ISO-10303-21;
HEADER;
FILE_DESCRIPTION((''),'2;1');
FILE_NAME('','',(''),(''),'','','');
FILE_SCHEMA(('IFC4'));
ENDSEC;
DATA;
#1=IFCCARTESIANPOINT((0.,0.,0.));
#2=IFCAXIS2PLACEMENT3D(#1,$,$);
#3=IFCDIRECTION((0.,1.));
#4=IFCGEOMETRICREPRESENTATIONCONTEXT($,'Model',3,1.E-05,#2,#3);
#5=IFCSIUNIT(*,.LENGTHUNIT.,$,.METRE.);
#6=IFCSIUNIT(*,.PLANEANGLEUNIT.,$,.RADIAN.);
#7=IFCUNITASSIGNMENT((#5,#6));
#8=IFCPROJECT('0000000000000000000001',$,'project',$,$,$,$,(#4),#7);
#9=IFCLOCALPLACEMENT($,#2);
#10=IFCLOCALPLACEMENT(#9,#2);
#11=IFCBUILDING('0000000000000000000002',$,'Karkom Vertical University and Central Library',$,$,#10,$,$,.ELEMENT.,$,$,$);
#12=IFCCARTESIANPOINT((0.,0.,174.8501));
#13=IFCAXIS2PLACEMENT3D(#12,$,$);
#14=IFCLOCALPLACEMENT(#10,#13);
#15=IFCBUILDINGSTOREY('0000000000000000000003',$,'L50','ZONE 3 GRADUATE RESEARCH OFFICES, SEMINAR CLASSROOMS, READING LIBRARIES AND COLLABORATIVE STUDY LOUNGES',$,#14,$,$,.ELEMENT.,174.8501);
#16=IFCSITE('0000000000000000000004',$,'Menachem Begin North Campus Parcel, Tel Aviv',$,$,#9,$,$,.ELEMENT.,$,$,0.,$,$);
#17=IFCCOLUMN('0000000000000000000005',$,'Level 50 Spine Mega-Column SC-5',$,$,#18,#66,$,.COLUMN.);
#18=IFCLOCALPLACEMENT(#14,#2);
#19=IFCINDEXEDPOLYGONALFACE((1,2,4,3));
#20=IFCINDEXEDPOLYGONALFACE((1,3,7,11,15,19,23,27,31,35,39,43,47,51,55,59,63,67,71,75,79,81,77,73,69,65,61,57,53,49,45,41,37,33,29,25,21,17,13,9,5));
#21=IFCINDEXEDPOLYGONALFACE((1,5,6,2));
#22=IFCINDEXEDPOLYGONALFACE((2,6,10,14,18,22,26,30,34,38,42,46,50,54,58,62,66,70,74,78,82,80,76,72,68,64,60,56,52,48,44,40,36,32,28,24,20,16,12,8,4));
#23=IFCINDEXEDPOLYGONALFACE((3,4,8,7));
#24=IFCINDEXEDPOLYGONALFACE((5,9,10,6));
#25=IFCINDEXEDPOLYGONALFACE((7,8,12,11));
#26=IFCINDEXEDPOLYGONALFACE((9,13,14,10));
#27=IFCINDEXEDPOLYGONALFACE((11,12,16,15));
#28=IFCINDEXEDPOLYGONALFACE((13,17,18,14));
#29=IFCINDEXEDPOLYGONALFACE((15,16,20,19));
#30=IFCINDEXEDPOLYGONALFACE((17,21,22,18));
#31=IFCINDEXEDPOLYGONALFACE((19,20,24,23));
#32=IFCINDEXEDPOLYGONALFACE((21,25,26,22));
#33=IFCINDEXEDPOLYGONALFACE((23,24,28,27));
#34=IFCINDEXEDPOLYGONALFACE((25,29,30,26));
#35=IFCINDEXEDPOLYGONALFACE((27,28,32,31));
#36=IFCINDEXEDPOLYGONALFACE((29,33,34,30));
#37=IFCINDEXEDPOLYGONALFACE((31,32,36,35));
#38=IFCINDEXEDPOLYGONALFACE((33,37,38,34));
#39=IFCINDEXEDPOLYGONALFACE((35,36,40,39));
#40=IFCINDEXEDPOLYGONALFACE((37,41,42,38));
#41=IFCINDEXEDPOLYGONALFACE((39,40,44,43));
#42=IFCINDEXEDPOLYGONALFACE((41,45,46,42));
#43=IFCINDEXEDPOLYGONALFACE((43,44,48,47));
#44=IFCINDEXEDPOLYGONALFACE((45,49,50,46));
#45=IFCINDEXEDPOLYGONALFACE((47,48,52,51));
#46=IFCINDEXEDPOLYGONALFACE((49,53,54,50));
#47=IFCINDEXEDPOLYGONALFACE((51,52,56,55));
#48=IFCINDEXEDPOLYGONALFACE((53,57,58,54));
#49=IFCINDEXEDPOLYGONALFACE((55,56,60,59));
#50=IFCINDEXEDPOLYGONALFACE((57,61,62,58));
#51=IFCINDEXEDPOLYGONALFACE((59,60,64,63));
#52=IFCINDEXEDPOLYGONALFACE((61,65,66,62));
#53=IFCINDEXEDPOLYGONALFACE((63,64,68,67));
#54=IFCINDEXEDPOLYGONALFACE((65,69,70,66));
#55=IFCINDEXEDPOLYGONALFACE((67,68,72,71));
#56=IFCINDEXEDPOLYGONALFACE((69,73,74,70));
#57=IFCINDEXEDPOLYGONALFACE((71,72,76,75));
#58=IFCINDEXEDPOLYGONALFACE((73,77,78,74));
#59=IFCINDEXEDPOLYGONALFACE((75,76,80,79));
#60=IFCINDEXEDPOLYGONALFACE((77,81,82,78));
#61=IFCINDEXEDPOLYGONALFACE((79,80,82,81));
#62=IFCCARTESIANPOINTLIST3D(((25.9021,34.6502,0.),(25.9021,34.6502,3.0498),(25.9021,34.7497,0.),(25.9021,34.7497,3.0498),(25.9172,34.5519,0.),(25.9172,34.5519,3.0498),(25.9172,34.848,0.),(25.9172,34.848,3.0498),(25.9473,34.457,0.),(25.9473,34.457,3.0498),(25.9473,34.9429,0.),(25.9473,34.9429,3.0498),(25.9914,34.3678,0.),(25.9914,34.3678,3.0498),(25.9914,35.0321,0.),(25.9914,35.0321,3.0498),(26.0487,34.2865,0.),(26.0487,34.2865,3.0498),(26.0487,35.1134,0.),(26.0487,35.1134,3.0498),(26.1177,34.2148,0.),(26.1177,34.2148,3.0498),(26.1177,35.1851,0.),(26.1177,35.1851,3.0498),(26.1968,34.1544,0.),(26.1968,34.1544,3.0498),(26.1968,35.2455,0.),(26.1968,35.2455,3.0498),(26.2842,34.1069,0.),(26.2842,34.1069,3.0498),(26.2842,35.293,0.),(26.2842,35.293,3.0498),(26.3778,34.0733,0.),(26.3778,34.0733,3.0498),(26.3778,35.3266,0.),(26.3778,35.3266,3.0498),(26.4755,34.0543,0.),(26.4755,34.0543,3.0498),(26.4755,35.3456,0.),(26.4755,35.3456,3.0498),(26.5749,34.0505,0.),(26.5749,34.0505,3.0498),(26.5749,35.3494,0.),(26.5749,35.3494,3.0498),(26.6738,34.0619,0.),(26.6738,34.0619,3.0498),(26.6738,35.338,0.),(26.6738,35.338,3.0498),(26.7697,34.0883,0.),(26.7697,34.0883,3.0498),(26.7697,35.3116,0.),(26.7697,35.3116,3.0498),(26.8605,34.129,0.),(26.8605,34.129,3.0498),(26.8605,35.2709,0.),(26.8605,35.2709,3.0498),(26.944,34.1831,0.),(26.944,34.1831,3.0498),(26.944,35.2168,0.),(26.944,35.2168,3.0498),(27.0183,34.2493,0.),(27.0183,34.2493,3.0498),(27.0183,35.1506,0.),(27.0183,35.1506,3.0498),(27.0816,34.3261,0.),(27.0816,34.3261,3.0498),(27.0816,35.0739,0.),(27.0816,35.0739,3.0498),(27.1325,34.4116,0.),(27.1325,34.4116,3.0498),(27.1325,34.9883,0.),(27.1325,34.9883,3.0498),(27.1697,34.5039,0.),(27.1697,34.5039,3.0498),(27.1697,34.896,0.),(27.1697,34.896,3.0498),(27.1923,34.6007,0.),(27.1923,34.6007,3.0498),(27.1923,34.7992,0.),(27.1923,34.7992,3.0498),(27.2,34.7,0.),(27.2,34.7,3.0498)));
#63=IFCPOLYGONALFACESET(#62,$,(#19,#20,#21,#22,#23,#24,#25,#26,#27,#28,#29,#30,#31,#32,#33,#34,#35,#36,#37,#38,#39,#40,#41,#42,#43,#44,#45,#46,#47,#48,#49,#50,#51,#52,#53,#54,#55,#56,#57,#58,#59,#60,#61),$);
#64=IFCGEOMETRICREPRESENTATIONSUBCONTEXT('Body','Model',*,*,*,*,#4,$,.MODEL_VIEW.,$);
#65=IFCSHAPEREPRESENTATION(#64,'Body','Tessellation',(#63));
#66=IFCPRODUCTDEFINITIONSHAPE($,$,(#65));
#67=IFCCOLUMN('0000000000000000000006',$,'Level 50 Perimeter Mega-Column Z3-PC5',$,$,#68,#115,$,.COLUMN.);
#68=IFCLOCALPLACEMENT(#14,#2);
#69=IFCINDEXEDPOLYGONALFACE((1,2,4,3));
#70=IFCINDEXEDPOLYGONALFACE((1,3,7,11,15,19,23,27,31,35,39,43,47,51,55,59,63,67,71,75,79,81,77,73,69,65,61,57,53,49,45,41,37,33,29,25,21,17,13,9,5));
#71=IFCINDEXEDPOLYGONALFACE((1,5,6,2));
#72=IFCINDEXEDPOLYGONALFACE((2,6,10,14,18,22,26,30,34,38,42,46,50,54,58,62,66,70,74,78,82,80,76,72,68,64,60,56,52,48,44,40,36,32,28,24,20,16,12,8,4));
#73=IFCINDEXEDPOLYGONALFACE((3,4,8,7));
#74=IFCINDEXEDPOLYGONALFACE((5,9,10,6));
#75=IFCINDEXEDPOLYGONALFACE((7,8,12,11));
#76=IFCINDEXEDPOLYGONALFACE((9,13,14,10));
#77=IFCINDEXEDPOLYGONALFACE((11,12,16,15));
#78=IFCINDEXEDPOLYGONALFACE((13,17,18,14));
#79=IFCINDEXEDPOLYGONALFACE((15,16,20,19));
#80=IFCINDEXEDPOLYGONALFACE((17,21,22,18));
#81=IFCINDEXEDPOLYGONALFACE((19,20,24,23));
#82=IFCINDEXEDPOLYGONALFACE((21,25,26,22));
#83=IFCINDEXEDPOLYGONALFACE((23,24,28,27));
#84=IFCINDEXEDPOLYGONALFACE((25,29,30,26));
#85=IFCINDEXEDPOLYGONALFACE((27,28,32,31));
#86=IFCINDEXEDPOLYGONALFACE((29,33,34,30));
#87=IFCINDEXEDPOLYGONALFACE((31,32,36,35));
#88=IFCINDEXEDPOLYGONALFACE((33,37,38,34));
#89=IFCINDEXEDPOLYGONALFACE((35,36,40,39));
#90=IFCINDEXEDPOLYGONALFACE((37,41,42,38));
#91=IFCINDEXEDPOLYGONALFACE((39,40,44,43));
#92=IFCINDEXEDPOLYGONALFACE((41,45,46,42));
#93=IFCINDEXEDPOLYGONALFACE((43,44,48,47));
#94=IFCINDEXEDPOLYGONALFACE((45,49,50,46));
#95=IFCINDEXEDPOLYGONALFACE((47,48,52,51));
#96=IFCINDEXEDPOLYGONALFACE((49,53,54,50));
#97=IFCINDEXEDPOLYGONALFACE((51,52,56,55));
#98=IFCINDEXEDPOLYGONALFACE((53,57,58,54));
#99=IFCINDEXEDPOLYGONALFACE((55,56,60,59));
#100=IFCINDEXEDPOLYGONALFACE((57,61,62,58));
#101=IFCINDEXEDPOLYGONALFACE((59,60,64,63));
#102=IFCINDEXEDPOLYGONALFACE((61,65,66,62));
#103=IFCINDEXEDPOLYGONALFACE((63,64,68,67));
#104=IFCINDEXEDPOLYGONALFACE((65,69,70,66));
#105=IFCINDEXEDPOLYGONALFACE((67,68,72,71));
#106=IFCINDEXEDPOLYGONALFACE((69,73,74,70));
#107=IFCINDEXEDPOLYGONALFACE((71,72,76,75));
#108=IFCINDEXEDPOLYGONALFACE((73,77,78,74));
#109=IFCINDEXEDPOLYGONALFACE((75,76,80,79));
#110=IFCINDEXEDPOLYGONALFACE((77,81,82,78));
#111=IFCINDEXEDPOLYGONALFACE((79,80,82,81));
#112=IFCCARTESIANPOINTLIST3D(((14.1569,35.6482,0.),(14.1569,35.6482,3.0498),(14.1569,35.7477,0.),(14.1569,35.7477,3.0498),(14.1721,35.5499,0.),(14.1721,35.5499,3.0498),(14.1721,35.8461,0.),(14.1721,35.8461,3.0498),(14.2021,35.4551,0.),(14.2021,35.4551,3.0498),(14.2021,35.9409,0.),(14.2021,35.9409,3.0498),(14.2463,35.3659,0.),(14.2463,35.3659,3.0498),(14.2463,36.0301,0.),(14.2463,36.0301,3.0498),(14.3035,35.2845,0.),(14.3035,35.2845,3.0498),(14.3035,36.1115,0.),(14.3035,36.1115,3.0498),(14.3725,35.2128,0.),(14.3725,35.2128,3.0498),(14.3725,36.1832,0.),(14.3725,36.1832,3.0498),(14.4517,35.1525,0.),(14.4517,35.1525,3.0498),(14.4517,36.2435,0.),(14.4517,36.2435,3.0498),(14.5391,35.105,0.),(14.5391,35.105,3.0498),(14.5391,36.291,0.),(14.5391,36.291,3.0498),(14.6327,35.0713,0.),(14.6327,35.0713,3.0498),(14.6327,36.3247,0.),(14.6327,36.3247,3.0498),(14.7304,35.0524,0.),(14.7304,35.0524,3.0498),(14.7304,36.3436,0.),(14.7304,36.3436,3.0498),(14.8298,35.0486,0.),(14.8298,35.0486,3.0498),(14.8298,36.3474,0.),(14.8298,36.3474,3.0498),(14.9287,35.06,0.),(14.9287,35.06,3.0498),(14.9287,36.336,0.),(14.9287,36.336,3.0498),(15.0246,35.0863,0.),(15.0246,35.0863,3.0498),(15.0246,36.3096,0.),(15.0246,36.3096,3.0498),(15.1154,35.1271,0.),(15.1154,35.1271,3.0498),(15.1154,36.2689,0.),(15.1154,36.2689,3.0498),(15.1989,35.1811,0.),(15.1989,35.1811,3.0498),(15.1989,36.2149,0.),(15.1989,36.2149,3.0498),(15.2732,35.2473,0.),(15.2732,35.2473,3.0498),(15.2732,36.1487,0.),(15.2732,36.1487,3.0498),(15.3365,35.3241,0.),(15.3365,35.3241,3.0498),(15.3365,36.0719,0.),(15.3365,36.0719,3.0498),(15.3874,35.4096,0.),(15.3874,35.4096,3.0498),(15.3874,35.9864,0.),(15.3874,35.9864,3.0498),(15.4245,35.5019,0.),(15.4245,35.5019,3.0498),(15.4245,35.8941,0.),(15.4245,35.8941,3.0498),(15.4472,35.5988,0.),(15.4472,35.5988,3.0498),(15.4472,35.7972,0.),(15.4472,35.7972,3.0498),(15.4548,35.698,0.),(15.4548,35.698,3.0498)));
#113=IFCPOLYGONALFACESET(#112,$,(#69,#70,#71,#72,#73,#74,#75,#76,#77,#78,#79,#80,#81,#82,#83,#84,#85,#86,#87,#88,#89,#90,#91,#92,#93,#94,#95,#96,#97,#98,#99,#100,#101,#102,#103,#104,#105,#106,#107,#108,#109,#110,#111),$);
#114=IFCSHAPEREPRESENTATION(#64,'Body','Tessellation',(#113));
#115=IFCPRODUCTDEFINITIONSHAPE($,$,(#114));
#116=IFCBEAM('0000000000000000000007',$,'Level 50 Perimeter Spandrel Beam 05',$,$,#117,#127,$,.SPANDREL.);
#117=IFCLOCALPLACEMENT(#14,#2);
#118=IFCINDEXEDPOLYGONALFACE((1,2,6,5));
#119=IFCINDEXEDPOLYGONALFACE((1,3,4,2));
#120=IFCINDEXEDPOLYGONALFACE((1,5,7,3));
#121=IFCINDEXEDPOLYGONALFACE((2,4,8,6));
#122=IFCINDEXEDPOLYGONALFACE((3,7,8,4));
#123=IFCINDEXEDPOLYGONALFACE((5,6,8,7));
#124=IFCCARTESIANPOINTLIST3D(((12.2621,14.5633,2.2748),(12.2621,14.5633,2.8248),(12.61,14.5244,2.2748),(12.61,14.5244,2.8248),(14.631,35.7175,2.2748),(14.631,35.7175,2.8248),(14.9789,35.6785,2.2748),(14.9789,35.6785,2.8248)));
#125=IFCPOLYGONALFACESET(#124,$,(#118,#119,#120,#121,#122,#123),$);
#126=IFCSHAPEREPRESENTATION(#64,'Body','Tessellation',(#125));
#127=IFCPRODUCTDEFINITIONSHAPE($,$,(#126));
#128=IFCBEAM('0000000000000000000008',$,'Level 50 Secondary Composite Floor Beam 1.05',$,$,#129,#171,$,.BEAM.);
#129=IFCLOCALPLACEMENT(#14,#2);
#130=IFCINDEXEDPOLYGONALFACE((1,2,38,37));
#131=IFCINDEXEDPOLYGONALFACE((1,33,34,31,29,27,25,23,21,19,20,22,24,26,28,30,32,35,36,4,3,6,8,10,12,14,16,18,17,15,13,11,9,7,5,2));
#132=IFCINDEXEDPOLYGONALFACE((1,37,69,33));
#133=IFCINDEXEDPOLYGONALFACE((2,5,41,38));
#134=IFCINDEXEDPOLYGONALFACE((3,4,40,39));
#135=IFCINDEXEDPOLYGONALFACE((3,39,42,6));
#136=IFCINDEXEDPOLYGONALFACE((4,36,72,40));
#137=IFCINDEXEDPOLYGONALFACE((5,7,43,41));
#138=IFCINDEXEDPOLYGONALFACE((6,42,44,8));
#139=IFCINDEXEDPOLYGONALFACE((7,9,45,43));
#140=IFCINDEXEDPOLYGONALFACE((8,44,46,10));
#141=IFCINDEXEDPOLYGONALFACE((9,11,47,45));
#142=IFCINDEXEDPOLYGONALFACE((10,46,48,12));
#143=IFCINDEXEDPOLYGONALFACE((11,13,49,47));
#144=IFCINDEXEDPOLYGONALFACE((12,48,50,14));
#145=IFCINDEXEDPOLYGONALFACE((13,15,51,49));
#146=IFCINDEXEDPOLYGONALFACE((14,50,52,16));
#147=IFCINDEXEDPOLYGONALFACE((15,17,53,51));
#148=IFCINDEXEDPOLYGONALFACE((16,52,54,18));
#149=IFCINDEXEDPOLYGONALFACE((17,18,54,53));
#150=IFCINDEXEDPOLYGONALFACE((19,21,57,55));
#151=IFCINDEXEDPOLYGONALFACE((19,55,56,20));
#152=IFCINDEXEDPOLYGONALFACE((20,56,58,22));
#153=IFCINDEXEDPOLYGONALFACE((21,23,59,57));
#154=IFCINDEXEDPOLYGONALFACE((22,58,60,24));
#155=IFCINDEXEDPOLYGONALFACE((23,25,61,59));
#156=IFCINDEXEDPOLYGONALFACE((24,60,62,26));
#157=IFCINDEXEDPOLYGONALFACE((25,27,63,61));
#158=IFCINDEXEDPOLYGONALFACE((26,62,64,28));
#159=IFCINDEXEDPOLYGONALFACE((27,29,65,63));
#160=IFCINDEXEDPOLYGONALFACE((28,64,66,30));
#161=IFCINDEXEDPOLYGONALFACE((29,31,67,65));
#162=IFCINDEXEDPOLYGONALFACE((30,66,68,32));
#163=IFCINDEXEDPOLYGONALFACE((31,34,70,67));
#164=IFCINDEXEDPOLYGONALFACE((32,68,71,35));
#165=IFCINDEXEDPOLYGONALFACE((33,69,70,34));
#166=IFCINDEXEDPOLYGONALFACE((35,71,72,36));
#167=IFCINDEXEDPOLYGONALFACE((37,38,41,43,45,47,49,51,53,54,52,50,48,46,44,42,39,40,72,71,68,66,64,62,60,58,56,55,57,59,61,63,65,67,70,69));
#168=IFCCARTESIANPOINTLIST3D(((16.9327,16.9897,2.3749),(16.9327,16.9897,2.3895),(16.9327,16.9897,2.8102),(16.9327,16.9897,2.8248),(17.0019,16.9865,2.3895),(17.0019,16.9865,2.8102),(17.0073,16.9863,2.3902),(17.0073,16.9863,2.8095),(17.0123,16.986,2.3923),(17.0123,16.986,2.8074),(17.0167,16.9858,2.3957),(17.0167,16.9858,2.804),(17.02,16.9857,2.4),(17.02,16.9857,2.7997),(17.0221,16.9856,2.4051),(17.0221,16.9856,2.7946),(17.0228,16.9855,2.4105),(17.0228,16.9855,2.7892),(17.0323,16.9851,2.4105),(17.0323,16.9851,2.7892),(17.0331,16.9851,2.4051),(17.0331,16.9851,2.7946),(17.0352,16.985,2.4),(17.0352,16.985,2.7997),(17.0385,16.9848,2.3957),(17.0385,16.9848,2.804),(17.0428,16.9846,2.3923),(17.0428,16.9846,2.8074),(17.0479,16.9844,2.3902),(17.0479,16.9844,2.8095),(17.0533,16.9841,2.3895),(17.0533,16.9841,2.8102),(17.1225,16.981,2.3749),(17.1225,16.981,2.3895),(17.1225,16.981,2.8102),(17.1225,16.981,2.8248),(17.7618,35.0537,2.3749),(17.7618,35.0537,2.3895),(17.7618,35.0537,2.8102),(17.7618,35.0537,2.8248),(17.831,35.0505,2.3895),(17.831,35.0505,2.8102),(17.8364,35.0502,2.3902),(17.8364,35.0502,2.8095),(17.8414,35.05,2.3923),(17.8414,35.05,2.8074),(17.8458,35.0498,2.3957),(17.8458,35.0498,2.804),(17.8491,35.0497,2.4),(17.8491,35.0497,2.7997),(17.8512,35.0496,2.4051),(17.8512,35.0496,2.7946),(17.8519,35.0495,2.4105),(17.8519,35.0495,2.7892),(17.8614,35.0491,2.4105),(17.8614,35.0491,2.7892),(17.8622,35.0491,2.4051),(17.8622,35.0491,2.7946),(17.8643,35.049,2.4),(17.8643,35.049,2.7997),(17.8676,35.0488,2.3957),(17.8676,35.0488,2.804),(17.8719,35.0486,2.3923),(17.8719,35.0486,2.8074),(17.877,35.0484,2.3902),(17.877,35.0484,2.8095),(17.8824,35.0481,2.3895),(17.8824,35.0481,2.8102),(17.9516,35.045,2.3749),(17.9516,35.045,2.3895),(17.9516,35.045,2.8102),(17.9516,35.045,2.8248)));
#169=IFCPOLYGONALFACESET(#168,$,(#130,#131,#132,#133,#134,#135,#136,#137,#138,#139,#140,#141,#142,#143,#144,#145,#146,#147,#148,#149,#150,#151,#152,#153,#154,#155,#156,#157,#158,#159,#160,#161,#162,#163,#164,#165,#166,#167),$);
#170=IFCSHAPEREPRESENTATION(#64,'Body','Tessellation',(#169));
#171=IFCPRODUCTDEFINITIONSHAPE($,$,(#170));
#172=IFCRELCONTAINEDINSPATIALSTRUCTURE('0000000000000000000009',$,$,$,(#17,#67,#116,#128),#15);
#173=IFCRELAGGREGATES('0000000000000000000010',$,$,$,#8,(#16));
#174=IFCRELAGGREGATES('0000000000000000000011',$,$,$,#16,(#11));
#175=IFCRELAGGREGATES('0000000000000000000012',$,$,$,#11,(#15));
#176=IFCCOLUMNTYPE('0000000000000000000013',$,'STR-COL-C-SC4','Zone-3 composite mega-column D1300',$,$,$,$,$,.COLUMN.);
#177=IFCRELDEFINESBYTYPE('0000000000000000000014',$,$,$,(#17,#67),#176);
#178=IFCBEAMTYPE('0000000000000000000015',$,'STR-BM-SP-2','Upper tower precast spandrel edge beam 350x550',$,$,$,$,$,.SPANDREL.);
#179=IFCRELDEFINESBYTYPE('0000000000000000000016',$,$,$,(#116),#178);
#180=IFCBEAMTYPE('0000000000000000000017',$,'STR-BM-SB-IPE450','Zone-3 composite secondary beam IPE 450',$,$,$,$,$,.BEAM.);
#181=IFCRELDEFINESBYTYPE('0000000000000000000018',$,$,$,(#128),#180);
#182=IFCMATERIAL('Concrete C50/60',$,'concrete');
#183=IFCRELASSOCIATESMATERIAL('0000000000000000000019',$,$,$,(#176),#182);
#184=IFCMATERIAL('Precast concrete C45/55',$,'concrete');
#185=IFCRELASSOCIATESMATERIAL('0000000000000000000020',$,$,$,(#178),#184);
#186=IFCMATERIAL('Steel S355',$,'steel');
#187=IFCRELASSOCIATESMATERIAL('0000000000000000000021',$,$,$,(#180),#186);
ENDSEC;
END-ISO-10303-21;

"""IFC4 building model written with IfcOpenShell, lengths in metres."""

from ifc_helpers import new_model, si_unit, direction, frame, origin, origin_with_axes, origin_2d, place, context, subcontext, project, spatial, rectangle, circle, i_section, extrude, source, transform, mapped, material, material_profile, profile_set, type_object, element, save


model = new_model("IFC4")

# Units and contexts
model_context = context("Model", 3, precision=1e-05, world=origin(), true_north=direction((0.0, 1.0)))
body_context = subcontext(model_context, "Body", "Model", "MODEL_VIEW")
ifc_project = project(units=[si_unit("LENGTHUNIT", "METRE"), si_unit("PLANEANGLEUNIT", "RADIAN")], contexts=[model_context])

# Site, building, storey
site_placement = place(None, origin())
site = spatial("IfcSite", under=ifc_project, at=site_placement, Name="Menachem Begin North Campus Parcel, Tel Aviv", CompositionType="ELEMENT", RefElevation=0.0)
building_placement = place(site_placement, origin())
building = spatial("IfcBuilding", under=site, at=building_placement, Name="Karkom Vertical University and Central Library", CompositionType="ELEMENT")
storey_placement = place(building_placement, frame((0.0, 0.0, 174.8501)))
storey = spatial("IfcBuildingStorey", under=building, at=storey_placement, Name="L50", Description="ZONE 3 GRADUATE RESEARCH OFFICES, SEMINAR CLASSROOMS, READING LIBRARIES AND COLLABORATIVE STUDY LOUNGES", CompositionType="ELEMENT", Elevation=174.8501)

# Columns
ifc_material_1 = material(Name="Concrete C50/60", Category="concrete")
ifc_material_profile_1 = material_profile(ifc_material_1, circle(Radius=0.6499, at=origin_2d()), Name="CFT-D1300")
ifc_profile_set_1 = profile_set([ifc_material_profile_1], Name="Concrete C50/60")
column_type = type_object("IfcColumnType", Name="STR-COL-C-SC4", Description="Zone-3 composite mega-column D1300", PredefinedType="COLUMN", material=ifc_profile_set_1)
shared_shape_1 = source(origin_with_axes(), body_context, "Body", "SweptSolid", [
    extrude(circle(Radius=0.6499, at=origin_2d()), origin(), (0.0, 0.0, 1.0), 3.0498),
])
for number, where, z_axis, x_axis, name in (
    (1, (26.55, 34.7, 0.0), (0.0, 0.0, 1.0), (1.0, 0.0, 0.0), "Level 50 Spine Mega-Column SC-5"),
    (2, (14.8049, 35.698, 0.0), (0.0, 0.0, 1.0), (1.0, 0.0, 0.0), "Level 50 Perimeter Mega-Column Z3-PC5"),
):
    element("IfcColumn", number, at=place(storey_placement, frame(where, z_axis=z_axis, x_axis=x_axis)), inside=storey, type_object=column_type, Name=name, PredefinedType="COLUMN", context=body_context, shape_type="MappedRepresentation", body=[
        mapped(shared_shape_1, transform((0.0, 0.0, 0.0), scale=1.0)),
    ])

# Beams
ifc_material_2 = material(Name="Precast concrete C45/55", Category="concrete")
ifc_material_profile_2 = material_profile(ifc_material_2, rectangle(XDim=0.3501, YDim=0.55, at=origin_2d()), Name="SPB-350x550")
ifc_profile_set_2 = profile_set([ifc_material_profile_2], Name="Precast concrete C45/55")
beam_type_1 = type_object("IfcBeamType", Name="STR-BM-SP-2", Description="Upper tower precast spandrel edge beam 350x550", PredefinedType="SPANDREL", material=ifc_profile_set_2)
shared_shape_2 = source(origin_with_axes(), body_context, "Body", "SweptSolid", [
    extrude(rectangle(XDim=0.3501, YDim=0.55, at=origin_2d()), origin(), (0.0, 0.0, 1.0), 21.2864),
])
beam_1_placement = place(storey_placement, frame((14.8049, 35.698, 2.5498), z_axis=(-0.111287, -0.993788, 0.0), x_axis=(0.993788, -0.111287, 0.0)))
element("IfcBeam", 3, at=beam_1_placement, inside=storey, type_object=beam_type_1, Name="Level 50 Perimeter Spandrel Beam 05", PredefinedType="SPANDREL", context=body_context, shape_type="MappedRepresentation", body=[
    mapped(shared_shape_2, transform((0.0, 0.0, 0.0), scale=1.0)),
])
ifc_material_3 = material(Name="Steel S355", Category="steel")
ifc_material_profile_3 = material_profile(ifc_material_3, i_section(OverallWidth=0.1899, OverallDepth=0.45, WebThickness=0.0095, FlangeThickness=0.0146, FilletRadius=0.021, at=origin_2d()), Name="IPE 450")
ifc_profile_set_3 = profile_set([ifc_material_profile_3], Name="Steel S355")
beam_type_2 = type_object("IfcBeamType", Name="STR-BM-SB-IPE450", Description="Zone-3 composite secondary beam IPE 450", PredefinedType="BEAM", material=ifc_profile_set_3)
shared_shape_3 = source(origin_with_axes(), body_context, "Body", "SweptSolid", [
    extrude(i_section(OverallWidth=0.1899, OverallDepth=0.45, WebThickness=0.0095, FlangeThickness=0.0146, FilletRadius=0.021, at=origin_2d()), origin(), (0.0, 0.0, 1.0), 18.083),
])
beam_2_placement = place(storey_placement, frame((17.8567, 35.0493, 2.5999), z_axis=(-0.04585, -0.998948, 0.0), x_axis=(0.998948, -0.04585, 0.0)))
element("IfcBeam", 4, at=beam_2_placement, inside=storey, type_object=beam_type_2, Name="Level 50 Secondary Composite Floor Beam 1.05", PredefinedType="BEAM", context=body_context, shape_type="MappedRepresentation", body=[
    mapped(shared_shape_3, transform((0.0, 0.0, 0.0), scale=1.0)),
])

save(model, "model.ifc")
